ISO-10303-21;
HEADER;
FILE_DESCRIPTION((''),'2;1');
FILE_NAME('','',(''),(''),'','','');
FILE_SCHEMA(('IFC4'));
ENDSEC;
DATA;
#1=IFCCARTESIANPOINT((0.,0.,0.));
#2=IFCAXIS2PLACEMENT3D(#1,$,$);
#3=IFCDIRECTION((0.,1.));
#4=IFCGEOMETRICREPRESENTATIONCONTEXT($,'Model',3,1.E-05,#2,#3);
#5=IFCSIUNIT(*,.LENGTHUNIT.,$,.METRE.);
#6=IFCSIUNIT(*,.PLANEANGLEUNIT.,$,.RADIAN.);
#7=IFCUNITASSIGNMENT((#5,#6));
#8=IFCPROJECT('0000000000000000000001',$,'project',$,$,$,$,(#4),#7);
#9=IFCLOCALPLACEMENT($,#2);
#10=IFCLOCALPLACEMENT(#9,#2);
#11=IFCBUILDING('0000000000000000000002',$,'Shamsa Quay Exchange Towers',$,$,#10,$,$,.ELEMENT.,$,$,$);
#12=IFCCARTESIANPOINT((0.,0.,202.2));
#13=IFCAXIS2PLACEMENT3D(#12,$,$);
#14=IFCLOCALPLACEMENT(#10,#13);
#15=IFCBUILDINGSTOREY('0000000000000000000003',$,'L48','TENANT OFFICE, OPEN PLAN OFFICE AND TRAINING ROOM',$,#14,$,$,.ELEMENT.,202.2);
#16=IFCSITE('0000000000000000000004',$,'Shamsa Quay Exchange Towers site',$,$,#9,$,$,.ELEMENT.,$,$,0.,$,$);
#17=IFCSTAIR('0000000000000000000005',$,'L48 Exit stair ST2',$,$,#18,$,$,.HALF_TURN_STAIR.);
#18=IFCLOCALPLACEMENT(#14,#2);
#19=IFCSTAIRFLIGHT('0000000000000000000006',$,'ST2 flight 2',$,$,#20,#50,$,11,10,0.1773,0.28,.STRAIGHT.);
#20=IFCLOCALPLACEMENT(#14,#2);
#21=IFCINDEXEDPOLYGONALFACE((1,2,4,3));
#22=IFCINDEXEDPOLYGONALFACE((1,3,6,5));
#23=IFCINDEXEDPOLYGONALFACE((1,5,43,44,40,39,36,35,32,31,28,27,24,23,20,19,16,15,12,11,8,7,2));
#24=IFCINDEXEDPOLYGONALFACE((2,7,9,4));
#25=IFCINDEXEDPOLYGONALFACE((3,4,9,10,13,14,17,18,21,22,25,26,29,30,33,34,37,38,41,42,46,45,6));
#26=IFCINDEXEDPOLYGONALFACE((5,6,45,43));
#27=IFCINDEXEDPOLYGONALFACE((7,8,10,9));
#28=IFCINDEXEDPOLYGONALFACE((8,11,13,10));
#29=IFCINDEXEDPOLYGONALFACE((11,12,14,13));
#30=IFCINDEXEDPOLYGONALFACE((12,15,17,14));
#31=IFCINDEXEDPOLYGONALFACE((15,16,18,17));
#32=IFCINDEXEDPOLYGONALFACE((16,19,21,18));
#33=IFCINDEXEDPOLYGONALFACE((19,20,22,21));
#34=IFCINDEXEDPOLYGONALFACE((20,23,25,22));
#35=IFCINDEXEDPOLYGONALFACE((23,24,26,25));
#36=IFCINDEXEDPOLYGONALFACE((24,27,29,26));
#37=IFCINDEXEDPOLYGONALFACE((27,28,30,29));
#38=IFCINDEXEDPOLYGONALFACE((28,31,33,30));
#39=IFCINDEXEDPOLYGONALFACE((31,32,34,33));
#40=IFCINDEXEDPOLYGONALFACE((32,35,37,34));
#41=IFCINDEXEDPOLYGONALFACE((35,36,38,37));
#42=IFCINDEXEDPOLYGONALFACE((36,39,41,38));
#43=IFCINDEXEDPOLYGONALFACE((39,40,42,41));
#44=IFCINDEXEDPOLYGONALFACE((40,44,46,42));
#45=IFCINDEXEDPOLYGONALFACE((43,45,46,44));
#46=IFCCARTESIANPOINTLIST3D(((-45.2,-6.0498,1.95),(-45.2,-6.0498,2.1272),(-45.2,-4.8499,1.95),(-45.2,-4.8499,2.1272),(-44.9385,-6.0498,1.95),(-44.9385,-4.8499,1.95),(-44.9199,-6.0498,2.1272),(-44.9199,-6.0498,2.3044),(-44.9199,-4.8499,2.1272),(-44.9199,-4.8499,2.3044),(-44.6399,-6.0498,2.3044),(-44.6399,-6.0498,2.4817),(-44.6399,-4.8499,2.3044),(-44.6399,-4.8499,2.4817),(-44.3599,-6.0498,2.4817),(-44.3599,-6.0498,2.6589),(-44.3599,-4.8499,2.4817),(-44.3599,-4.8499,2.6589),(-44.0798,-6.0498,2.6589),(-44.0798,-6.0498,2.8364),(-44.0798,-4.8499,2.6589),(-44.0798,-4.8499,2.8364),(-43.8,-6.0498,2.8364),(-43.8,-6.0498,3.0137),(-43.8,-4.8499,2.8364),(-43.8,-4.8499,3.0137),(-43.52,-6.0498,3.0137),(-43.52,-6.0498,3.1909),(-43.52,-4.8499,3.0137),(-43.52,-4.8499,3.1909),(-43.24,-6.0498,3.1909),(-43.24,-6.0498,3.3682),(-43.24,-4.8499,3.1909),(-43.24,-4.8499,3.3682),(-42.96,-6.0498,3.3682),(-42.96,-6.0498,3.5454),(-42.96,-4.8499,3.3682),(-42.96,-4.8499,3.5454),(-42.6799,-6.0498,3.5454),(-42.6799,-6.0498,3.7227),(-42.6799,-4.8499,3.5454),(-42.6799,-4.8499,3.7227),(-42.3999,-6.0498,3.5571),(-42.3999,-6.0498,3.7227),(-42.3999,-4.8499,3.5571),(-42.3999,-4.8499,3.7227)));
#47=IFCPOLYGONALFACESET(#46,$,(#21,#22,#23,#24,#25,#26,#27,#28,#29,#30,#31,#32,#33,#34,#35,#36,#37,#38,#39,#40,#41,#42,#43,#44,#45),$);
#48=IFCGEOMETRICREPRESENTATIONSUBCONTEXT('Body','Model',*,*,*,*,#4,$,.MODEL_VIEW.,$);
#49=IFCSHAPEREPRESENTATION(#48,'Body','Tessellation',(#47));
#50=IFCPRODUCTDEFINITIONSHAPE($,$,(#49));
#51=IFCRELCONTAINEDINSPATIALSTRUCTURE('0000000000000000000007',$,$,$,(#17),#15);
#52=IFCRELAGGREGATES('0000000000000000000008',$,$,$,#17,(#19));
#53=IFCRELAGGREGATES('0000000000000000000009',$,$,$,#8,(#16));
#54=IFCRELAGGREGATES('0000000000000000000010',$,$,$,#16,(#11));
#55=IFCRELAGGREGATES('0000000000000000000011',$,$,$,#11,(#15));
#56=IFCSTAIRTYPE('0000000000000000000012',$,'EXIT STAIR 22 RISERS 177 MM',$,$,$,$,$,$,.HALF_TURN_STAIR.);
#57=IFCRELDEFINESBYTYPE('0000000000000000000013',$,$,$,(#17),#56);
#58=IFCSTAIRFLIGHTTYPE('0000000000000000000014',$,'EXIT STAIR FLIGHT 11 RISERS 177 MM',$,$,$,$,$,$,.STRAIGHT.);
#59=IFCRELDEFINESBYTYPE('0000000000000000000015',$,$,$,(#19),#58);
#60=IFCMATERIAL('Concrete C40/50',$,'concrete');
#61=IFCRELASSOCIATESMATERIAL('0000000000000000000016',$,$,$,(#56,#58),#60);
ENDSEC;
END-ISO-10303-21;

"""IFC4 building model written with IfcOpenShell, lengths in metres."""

from ifc_helpers import new_model, si_unit, direction, frame, origin, place, context, subcontext, project, spatial, polyline, outline, extrude, material, type_object, element, aggregate, save


model = new_model("IFC4")

# Units and contexts
model_context = context("Model", 3, precision=1e-05, world=origin(), true_north=direction((0.0, 1.0)))
body_context = subcontext(model_context, "Body", "Model", "MODEL_VIEW")
ifc_project = project(units=[si_unit("LENGTHUNIT", "METRE"), si_unit("PLANEANGLEUNIT", "RADIAN")], contexts=[model_context])

# Site, building, storey
site_placement = place(None, origin())
site = spatial("IfcSite", under=ifc_project, at=site_placement, Name="Shamsa Quay Exchange Towers site", CompositionType="ELEMENT", RefElevation=0.0)
building_placement = place(site_placement, origin())
building = spatial("IfcBuilding", under=site, at=building_placement, Name="Shamsa Quay Exchange Towers", CompositionType="ELEMENT")
storey_placement = place(building_placement, frame((0.0, 0.0, 202.2)))
storey = spatial("IfcBuildingStorey", under=building, at=storey_placement, Name="L48", Description="TENANT OFFICE, OPEN PLAN OFFICE AND TRAINING ROOM", CompositionType="ELEMENT", Elevation=202.2)

# Stair, stair flight
ifc_material_1 = material(Name="Concrete C40/50", Category="concrete")
stair_type = type_object("IfcStairType", Name="EXIT STAIR 22 RISERS 177 MM", PredefinedType="HALF_TURN_STAIR", material=ifc_material_1)
stair_placement = place(storey_placement, origin())
stair = element("IfcStair", 1, at=stair_placement, inside=storey, type_object=stair_type, Name="L48 Exit stair ST2", PredefinedType="HALF_TURN_STAIR")
stair_flight_type = type_object("IfcStairFlightType", Name="EXIT STAIR FLIGHT 11 RISERS 177 MM", PredefinedType="STRAIGHT", material=ifc_material_1)
stair_flight_placement = place(storey_placement, frame((-45.2, -5.45, 1.95)))
stair_flight = element("IfcStairFlight", 2, at=stair_flight_placement, type_object=stair_flight_type, Name="ST2 flight 2", NumberOfRisers=11, NumberOfTreads=10, PredefinedType="STRAIGHT", RiserHeight=0.1773, TreadLength=0.28, context=body_context, shape_type="SweptSolid", body=[
    extrude(outline(polyline([(0.0, 0.0), (0.0, 0.1772), (0.28, 0.1772), (0.28, 0.3545), (0.5601, 0.3545), (0.5601, 0.5317), (0.8401, 0.5317), (0.8401, 0.709), (1.1201, 0.709), (1.1201, 0.8865), (1.3999, 0.8865), (1.3999, 1.0637), (1.6799, 1.0637), (1.6799, 1.241), (1.96, 1.241), (1.96, 1.4182), (2.24, 1.4182), (2.24, 1.5955), (2.52, 1.5955), (2.52, 1.7727), (2.8, 1.7727), (2.8, 1.95), (2.8, 1.6072), (0.2615, 0.0), (0.0, 0.0)])), frame((0.0, 0.6001, 0.0), z_axis=(0.0, -1.0, 0.0), x_axis=(1.0, 0.0, 0.0)), (0.0, 0.0, 1.0), 1.2),
])
aggregate(stair, [stair_flight])

save(model, "model.ifc")
